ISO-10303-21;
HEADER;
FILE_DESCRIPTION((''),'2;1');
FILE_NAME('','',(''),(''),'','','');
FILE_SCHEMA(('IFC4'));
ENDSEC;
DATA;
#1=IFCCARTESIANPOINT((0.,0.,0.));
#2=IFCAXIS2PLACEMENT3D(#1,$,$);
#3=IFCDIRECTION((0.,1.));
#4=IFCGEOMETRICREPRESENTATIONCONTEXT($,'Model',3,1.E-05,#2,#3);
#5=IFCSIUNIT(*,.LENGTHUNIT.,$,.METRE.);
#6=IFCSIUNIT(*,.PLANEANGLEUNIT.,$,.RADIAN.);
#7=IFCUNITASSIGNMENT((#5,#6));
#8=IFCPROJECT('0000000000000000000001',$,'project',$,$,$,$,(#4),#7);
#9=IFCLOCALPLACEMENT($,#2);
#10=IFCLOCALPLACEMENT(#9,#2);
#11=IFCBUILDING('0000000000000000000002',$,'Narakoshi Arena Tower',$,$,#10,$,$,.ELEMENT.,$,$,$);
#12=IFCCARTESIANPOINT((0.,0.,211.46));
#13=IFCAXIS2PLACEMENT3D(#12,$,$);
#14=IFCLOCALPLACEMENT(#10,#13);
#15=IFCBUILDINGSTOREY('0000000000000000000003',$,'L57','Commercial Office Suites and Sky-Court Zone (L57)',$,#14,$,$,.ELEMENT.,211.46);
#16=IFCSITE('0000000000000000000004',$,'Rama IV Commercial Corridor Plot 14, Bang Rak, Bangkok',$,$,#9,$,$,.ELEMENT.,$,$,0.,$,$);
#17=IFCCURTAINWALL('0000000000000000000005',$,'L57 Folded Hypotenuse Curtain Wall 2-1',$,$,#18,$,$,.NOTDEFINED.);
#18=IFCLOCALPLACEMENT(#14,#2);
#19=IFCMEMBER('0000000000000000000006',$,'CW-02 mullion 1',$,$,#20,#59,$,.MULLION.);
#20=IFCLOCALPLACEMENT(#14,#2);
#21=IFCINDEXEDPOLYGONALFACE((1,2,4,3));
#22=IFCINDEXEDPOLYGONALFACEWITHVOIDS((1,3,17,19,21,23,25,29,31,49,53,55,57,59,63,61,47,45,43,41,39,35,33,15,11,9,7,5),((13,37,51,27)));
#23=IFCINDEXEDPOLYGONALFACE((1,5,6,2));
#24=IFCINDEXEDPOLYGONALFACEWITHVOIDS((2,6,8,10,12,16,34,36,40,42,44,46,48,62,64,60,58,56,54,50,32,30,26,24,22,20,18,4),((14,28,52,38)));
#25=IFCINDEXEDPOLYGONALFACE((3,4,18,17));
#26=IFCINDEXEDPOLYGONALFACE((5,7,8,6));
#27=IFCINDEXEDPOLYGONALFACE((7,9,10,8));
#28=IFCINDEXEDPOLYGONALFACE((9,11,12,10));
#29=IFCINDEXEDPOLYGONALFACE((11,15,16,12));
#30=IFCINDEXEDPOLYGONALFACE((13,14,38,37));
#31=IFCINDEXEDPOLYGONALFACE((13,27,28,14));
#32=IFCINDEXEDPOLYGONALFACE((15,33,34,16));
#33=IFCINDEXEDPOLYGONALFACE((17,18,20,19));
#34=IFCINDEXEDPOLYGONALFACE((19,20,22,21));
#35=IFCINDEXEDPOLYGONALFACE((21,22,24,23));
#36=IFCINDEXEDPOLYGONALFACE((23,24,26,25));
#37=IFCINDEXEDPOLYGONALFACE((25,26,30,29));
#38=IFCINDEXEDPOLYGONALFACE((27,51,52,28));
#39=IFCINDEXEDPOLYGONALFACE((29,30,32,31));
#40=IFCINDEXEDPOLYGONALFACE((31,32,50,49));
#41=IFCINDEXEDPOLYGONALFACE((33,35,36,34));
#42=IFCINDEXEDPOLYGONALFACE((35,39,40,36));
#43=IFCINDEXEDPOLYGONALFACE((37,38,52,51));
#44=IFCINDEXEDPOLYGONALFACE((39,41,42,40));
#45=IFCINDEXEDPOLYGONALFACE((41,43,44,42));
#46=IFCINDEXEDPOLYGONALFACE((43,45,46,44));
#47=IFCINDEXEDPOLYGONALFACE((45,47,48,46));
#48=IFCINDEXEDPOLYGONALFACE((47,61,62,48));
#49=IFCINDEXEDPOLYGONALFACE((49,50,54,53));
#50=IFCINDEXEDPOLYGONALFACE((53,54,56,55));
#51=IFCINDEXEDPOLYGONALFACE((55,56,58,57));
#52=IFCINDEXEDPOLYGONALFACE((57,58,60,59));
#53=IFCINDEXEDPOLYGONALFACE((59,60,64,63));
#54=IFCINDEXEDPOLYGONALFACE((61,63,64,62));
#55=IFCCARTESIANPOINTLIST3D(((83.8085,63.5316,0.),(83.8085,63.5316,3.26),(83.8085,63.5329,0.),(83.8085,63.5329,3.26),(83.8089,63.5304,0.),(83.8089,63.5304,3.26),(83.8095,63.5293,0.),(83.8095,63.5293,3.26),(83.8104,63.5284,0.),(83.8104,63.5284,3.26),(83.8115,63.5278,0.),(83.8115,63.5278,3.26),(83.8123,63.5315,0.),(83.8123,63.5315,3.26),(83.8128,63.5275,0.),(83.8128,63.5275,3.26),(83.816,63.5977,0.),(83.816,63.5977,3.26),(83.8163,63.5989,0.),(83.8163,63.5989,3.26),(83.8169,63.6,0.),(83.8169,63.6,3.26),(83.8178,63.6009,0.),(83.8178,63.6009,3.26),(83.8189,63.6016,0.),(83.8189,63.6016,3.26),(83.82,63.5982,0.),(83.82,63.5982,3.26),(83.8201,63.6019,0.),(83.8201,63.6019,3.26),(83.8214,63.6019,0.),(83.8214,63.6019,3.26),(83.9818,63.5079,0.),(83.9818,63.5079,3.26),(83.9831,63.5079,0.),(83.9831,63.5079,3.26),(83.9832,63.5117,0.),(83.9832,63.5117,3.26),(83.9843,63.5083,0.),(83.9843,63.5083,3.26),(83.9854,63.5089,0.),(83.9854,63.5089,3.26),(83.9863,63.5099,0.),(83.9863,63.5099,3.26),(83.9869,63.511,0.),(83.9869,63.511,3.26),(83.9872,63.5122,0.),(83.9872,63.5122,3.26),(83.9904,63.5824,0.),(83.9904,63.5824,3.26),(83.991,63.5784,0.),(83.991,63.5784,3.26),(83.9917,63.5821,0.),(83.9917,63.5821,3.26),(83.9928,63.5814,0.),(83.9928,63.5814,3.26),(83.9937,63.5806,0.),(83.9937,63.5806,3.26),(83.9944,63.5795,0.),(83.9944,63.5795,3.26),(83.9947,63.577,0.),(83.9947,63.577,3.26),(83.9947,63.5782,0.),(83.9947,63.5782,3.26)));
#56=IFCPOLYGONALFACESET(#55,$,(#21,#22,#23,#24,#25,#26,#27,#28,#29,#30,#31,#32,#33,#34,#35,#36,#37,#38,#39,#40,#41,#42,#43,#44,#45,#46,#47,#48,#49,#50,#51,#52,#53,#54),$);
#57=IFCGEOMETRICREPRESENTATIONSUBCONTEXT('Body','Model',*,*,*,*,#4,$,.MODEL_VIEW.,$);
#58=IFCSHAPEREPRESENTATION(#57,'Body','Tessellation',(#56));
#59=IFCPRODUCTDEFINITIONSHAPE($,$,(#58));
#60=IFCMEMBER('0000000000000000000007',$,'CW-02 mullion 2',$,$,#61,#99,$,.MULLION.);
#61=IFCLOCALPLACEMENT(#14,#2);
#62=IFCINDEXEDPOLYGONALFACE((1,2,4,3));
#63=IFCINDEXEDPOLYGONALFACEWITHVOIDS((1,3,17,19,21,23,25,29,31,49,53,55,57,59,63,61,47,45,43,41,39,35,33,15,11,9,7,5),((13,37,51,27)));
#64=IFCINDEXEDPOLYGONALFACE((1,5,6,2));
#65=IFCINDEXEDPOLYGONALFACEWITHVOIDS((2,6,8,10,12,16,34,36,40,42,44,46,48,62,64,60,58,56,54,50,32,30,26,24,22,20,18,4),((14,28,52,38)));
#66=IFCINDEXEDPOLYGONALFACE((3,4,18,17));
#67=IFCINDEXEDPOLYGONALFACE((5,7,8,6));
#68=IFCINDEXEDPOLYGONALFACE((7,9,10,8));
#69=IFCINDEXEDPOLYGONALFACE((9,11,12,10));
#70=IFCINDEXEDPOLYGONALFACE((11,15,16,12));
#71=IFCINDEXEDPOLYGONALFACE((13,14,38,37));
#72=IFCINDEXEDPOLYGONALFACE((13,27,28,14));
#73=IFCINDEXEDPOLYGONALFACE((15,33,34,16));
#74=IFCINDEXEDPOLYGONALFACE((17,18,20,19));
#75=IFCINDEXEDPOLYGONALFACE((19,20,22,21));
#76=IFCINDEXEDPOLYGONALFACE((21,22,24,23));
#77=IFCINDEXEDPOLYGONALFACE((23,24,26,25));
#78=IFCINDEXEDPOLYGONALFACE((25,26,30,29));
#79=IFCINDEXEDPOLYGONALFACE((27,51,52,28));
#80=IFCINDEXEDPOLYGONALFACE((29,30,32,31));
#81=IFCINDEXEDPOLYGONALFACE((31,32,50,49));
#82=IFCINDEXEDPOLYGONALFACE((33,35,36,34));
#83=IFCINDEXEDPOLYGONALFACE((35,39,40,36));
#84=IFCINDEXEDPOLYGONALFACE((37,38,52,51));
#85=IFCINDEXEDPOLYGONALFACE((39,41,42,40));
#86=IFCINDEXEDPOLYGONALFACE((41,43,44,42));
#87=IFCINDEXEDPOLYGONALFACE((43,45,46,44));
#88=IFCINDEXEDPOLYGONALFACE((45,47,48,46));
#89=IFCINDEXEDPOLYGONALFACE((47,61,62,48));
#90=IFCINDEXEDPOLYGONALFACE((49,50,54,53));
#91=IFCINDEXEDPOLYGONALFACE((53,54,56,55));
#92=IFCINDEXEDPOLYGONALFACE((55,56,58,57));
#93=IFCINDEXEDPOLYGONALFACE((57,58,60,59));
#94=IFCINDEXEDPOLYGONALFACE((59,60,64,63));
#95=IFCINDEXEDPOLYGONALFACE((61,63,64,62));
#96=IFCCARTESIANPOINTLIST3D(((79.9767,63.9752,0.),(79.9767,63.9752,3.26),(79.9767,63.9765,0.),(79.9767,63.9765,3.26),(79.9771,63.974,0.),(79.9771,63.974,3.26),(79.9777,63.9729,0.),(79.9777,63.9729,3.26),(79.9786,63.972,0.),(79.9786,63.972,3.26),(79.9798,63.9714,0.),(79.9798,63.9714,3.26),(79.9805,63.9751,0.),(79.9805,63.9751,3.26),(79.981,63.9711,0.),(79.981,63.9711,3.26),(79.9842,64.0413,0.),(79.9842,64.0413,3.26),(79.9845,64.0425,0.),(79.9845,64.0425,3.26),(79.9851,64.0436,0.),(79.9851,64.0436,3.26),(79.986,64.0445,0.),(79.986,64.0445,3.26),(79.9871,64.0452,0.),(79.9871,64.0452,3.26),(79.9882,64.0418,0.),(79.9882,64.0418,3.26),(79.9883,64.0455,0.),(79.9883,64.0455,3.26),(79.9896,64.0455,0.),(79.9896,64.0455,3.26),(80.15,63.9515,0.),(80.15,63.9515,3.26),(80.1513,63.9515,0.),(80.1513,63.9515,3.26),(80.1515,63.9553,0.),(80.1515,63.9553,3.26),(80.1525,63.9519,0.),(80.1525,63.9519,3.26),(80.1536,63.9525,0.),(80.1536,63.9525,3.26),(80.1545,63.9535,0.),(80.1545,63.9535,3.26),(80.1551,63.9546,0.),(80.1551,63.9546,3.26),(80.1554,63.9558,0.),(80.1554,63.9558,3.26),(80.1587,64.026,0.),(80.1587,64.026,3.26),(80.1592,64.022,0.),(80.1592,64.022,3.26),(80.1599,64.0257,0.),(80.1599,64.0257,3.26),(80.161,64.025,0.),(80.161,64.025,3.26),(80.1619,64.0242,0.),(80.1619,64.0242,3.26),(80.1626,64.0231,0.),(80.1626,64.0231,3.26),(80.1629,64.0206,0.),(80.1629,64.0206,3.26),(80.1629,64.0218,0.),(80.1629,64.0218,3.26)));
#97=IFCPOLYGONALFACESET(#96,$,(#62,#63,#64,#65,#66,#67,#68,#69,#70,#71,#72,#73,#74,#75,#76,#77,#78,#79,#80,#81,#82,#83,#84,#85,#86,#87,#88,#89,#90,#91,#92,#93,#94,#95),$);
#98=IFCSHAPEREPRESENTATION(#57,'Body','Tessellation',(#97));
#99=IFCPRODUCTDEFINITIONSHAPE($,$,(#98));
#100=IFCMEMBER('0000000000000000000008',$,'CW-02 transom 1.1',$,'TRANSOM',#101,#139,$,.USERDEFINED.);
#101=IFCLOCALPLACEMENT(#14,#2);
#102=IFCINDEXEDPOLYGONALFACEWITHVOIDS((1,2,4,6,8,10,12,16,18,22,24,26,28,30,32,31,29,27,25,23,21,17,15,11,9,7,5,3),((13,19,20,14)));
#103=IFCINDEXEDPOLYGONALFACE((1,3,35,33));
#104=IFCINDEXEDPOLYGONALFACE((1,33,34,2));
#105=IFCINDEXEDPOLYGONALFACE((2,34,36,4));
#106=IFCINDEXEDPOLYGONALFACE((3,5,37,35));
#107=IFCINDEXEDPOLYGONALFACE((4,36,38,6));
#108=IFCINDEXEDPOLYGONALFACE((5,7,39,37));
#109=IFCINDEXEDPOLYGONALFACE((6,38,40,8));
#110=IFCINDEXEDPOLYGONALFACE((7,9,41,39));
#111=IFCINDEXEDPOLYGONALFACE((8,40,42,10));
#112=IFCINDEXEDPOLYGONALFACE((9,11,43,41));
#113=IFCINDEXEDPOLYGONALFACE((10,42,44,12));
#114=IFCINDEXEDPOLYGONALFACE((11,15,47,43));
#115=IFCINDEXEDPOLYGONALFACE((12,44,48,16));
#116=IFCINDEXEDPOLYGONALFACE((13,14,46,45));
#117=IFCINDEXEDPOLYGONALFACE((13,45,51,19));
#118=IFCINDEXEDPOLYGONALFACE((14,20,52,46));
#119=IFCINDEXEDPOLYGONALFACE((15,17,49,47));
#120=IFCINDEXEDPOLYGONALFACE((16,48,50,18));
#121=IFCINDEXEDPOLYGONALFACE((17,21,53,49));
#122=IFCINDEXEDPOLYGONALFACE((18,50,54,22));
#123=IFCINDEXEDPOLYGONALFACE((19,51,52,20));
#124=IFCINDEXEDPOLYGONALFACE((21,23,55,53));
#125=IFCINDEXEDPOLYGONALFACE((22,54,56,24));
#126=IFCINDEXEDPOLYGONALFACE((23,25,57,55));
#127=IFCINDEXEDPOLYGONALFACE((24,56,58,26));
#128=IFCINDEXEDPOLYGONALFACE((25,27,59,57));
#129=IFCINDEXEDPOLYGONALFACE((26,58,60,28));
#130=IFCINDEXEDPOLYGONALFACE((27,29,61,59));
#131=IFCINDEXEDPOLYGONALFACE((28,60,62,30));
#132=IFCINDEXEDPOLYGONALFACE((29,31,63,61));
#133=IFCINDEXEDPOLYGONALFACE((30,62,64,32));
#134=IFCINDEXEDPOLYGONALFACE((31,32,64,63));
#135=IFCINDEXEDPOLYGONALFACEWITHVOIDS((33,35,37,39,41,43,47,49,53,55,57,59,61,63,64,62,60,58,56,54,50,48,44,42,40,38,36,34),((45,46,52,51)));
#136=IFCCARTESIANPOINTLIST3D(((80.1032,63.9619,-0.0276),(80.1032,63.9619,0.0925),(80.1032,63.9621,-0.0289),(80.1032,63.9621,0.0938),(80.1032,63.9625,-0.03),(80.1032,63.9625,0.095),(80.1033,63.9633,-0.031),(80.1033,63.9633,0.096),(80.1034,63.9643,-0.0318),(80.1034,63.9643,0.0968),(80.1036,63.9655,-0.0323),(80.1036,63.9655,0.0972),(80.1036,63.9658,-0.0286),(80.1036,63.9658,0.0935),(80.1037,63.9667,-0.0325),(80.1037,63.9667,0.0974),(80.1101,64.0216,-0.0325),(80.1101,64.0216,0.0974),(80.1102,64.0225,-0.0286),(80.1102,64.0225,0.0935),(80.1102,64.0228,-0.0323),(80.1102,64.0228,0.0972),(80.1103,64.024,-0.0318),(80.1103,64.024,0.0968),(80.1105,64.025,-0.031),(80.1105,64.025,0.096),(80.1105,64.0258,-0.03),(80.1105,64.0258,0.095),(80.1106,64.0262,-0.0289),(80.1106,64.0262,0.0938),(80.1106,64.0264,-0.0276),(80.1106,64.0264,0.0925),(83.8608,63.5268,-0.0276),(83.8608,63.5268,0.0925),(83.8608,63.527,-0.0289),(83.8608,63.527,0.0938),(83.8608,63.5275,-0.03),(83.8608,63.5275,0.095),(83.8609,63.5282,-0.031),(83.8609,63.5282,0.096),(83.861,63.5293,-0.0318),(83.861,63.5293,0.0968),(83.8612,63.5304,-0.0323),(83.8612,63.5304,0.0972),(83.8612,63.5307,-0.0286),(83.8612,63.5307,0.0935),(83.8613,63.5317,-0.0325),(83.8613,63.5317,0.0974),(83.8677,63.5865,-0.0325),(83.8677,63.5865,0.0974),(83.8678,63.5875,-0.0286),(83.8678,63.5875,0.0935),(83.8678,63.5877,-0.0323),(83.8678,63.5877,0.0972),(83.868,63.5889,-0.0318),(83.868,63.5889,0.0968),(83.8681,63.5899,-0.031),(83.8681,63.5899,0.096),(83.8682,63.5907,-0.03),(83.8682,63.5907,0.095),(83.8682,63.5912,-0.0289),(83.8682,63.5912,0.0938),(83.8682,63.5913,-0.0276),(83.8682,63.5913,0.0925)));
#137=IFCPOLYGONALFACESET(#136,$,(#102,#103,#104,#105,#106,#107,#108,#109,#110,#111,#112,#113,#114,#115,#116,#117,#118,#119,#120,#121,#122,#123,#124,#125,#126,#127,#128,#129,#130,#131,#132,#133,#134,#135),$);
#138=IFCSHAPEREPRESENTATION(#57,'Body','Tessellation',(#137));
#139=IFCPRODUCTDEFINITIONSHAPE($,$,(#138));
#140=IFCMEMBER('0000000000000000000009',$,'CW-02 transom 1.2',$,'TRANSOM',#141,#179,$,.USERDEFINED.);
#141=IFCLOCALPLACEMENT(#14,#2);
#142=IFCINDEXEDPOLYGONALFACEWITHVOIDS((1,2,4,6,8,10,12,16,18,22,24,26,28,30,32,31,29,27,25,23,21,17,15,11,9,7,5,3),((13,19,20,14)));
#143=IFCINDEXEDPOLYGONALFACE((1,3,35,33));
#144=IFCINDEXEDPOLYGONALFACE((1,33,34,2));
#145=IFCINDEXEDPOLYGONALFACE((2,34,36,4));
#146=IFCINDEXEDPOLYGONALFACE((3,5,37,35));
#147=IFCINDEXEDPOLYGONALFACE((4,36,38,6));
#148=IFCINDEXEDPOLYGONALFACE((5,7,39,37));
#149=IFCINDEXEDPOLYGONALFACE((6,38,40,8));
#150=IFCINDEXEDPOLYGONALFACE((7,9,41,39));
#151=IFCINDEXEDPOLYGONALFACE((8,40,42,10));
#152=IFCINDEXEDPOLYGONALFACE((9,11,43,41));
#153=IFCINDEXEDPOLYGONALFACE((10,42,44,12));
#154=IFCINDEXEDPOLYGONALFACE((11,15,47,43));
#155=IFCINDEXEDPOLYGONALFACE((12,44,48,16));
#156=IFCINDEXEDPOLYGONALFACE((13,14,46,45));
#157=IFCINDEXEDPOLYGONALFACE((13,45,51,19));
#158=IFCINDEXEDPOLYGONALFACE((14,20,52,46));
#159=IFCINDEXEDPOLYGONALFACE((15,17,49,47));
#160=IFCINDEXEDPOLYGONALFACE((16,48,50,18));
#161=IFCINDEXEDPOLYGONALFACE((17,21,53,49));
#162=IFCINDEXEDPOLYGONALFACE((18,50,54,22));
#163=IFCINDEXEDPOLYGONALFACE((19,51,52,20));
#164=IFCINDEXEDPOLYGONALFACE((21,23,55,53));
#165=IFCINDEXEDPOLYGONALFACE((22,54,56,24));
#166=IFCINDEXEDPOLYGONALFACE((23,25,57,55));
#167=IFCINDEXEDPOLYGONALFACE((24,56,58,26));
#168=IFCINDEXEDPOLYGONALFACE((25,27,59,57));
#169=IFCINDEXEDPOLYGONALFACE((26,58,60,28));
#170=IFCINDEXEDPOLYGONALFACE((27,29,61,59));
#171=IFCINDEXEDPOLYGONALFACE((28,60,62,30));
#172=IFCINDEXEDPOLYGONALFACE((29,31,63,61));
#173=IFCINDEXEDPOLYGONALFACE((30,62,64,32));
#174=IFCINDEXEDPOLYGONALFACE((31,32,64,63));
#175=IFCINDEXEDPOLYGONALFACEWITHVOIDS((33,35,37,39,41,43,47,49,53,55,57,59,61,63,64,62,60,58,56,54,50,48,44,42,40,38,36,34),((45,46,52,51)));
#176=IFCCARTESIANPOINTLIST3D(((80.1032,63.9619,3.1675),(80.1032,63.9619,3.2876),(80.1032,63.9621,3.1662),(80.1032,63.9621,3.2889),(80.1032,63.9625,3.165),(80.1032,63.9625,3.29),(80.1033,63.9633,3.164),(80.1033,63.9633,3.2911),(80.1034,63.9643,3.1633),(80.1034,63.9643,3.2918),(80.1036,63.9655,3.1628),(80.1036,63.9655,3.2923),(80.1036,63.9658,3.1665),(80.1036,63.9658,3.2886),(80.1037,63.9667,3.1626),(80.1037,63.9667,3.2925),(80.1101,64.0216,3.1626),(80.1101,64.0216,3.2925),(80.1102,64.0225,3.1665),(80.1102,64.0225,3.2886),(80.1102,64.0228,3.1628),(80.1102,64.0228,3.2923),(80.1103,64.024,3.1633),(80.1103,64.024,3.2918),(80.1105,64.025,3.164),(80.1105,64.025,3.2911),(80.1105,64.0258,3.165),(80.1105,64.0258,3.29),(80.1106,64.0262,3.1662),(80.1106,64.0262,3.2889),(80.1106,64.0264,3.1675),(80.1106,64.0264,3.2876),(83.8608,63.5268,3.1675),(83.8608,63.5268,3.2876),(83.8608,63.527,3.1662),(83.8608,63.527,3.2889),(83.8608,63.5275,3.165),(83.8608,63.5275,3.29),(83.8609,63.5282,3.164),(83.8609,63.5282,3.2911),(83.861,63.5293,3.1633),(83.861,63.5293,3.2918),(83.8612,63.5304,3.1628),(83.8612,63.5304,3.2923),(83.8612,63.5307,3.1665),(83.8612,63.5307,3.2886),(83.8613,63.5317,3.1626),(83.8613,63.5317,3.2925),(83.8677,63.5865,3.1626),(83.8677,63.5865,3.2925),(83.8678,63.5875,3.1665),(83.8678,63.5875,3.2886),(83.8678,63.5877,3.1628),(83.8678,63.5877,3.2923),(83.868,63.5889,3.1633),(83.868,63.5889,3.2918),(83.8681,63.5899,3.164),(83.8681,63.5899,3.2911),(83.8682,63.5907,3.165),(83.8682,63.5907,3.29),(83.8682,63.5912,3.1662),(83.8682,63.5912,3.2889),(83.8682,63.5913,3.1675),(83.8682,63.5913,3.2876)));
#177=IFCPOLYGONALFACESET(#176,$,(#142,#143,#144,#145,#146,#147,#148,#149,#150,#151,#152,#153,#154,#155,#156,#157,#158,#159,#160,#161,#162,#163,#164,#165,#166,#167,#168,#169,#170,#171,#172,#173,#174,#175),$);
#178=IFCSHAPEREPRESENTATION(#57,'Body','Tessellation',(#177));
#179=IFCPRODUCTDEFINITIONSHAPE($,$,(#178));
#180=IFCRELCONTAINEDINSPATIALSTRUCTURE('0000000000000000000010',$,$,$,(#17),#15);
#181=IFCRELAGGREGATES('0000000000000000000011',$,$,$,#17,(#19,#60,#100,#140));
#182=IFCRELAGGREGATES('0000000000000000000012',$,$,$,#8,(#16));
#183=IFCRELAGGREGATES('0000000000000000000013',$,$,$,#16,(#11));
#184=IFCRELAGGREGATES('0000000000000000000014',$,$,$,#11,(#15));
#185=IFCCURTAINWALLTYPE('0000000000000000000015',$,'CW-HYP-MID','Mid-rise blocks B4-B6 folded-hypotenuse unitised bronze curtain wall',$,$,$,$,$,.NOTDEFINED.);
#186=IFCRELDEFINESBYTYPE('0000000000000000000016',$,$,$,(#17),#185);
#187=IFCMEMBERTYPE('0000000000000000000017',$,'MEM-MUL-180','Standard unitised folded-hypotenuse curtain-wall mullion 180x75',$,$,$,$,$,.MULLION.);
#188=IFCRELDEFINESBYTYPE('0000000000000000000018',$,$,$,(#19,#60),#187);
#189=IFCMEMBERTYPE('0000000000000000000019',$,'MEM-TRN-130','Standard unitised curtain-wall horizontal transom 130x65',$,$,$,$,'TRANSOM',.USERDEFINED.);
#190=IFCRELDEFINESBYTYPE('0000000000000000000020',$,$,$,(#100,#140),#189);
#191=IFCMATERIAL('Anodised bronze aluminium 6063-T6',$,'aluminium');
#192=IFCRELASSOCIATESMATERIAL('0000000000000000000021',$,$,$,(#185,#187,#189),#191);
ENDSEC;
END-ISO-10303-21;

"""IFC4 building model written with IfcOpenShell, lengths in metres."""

from ifc_helpers import new_model, si_unit, direction, frame, origin, origin_2d, place, context, subcontext, project, spatial, hollow_rectangle, extrude, material, material_profile, profile_set, type_object, element, aggregate, save


model = new_model("IFC4")

# Units and contexts
model_context = context("Model", 3, precision=1e-05, world=origin(), true_north=direction((0.0, 1.0)))
body_context = subcontext(model_context, "Body", "Model", "MODEL_VIEW")
ifc_project = project(units=[si_unit("LENGTHUNIT", "METRE"), si_unit("PLANEANGLEUNIT", "RADIAN")], contexts=[model_context])

# Site, building, storey
site_placement = place(None, origin())
site = spatial("IfcSite", under=ifc_project, at=site_placement, Name="Rama IV Commercial Corridor Plot 14, Bang Rak, Bangkok", CompositionType="ELEMENT", RefElevation=0.0)
building_placement = place(site_placement, origin())
building = spatial("IfcBuilding", under=site, at=building_placement, Name="Narakoshi Arena Tower", CompositionType="ELEMENT")
storey_placement = place(building_placement, frame((0.0, 0.0, 211.46)))
storey = spatial("IfcBuildingStorey", under=building, at=storey_placement, Name="L57", Description="Commercial Office Suites and Sky-Court Zone (L57)", CompositionType="ELEMENT", Elevation=211.46)

# Curtain wall, members
ifc_material_1 = material(Name="Anodised bronze aluminium 6063-T6", Category="aluminium")
curtain_wall_type = type_object("IfcCurtainWallType", Name="CW-HYP-MID", Description="Mid-rise blocks B4-B6 folded-hypotenuse unitised bronze curtain wall", PredefinedType="NOTDEFINED", material=ifc_material_1)
curtain_wall_placement = place(storey_placement, origin())
curtain_wall = element("IfcCurtainWall", 1, at=curtain_wall_placement, inside=storey, type_object=curtain_wall_type, Name="L57 Folded Hypotenuse Curtain Wall 2-1", PredefinedType="NOTDEFINED")
ifc_material_profile_1 = material_profile(ifc_material_1, hollow_rectangle(XDim=0.075, YDim=0.1799, WallThickness=0.0039, OuterFilletRadius=0.0049, at=origin_2d()), Name="MUL180x75x4")
ifc_profile_set_1 = profile_set([ifc_material_profile_1], Name="Anodised bronze aluminium 6063-T6")
member_type_1 = type_object("IfcMemberType", Name="MEM-MUL-180", Description="Standard unitised folded-hypotenuse curtain-wall mullion 180x75", PredefinedType="MULLION", material=ifc_profile_set_1)
member_1_placement = place(storey_placement, frame((83.9016, 63.5549, 0.0), z_axis=(0.0, 0.0, 1.0), x_axis=(-0.115011, -0.993364, 0.0)))
member_1 = element("IfcMember", 2, at=member_1_placement, type_object=member_type_1, Name="CW-02 mullion 1", PredefinedType="MULLION", context=body_context, shape_type="SweptSolid", body=[
    extrude(hollow_rectangle(XDim=0.075, YDim=0.1799, WallThickness=0.0039, OuterFilletRadius=0.0049, at=origin_2d()), origin(), (0.0, 0.0, 1.0), 3.26),
])
member_2_placement = place(storey_placement, frame((80.0698, 63.9985, 0.0), z_axis=(0.0, 0.0, 1.0), x_axis=(-0.115011, -0.993364, 0.0)))
member_2 = element("IfcMember", 3, at=member_2_placement, type_object=member_type_1, Name="CW-02 mullion 2", PredefinedType="MULLION", context=body_context, shape_type="SweptSolid", body=[
    extrude(hollow_rectangle(XDim=0.075, YDim=0.1799, WallThickness=0.0039, OuterFilletRadius=0.0049, at=origin_2d()), origin(), (0.0, 0.0, 1.0), 3.26),
])
ifc_material_profile_2 = material_profile(ifc_material_1, hollow_rectangle(XDim=0.0649, YDim=0.1299, WallThickness=0.0039, OuterFilletRadius=0.0049, at=origin_2d()), Name="TRN130x65x4")
ifc_profile_set_2 = profile_set([ifc_material_profile_2], Name="Anodised bronze aluminium 6063-T6")
member_type_2 = type_object("IfcMemberType", Name="MEM-TRN-130", Description="Standard unitised curtain-wall horizontal transom 130x65", ElementType="TRANSOM", PredefinedType="USERDEFINED", material=ifc_profile_set_2)
member_3_placement = place(storey_placement, frame((83.8645, 63.5591, 0.0325), z_axis=(-0.993364, 0.115014, 0.0), x_axis=(-0.115014, -0.993364, 0.0)))
member_3 = element("IfcMember", 4, at=member_3_placement, type_object=member_type_2, Name="CW-02 transom 1.1", ObjectType="TRANSOM", PredefinedType="USERDEFINED", context=body_context, shape_type="SweptSolid", body=[
    extrude(hollow_rectangle(XDim=0.0649, YDim=0.1299, WallThickness=0.0039, OuterFilletRadius=0.0049, at=origin_2d()), origin(), (0.0, 0.0, 1.0), 3.7827),
])
member_4_placement = place(storey_placement, frame((83.8645, 63.5591, 3.2275), z_axis=(-0.993364, 0.115014, 0.0), x_axis=(-0.115014, -0.993364, 0.0)))
member_4 = element("IfcMember", 5, at=member_4_placement, type_object=member_type_2, Name="CW-02 transom 1.2", ObjectType="TRANSOM", PredefinedType="USERDEFINED", context=body_context, shape_type="SweptSolid", body=[
    extrude(hollow_rectangle(XDim=0.0649, YDim=0.1299, WallThickness=0.0039, OuterFilletRadius=0.0049, at=origin_2d()), origin(), (0.0, 0.0, 1.0), 3.7827),
])
aggregate(curtain_wall, [member_1, member_2, member_3, member_4])

save(model, "model.ifc")
